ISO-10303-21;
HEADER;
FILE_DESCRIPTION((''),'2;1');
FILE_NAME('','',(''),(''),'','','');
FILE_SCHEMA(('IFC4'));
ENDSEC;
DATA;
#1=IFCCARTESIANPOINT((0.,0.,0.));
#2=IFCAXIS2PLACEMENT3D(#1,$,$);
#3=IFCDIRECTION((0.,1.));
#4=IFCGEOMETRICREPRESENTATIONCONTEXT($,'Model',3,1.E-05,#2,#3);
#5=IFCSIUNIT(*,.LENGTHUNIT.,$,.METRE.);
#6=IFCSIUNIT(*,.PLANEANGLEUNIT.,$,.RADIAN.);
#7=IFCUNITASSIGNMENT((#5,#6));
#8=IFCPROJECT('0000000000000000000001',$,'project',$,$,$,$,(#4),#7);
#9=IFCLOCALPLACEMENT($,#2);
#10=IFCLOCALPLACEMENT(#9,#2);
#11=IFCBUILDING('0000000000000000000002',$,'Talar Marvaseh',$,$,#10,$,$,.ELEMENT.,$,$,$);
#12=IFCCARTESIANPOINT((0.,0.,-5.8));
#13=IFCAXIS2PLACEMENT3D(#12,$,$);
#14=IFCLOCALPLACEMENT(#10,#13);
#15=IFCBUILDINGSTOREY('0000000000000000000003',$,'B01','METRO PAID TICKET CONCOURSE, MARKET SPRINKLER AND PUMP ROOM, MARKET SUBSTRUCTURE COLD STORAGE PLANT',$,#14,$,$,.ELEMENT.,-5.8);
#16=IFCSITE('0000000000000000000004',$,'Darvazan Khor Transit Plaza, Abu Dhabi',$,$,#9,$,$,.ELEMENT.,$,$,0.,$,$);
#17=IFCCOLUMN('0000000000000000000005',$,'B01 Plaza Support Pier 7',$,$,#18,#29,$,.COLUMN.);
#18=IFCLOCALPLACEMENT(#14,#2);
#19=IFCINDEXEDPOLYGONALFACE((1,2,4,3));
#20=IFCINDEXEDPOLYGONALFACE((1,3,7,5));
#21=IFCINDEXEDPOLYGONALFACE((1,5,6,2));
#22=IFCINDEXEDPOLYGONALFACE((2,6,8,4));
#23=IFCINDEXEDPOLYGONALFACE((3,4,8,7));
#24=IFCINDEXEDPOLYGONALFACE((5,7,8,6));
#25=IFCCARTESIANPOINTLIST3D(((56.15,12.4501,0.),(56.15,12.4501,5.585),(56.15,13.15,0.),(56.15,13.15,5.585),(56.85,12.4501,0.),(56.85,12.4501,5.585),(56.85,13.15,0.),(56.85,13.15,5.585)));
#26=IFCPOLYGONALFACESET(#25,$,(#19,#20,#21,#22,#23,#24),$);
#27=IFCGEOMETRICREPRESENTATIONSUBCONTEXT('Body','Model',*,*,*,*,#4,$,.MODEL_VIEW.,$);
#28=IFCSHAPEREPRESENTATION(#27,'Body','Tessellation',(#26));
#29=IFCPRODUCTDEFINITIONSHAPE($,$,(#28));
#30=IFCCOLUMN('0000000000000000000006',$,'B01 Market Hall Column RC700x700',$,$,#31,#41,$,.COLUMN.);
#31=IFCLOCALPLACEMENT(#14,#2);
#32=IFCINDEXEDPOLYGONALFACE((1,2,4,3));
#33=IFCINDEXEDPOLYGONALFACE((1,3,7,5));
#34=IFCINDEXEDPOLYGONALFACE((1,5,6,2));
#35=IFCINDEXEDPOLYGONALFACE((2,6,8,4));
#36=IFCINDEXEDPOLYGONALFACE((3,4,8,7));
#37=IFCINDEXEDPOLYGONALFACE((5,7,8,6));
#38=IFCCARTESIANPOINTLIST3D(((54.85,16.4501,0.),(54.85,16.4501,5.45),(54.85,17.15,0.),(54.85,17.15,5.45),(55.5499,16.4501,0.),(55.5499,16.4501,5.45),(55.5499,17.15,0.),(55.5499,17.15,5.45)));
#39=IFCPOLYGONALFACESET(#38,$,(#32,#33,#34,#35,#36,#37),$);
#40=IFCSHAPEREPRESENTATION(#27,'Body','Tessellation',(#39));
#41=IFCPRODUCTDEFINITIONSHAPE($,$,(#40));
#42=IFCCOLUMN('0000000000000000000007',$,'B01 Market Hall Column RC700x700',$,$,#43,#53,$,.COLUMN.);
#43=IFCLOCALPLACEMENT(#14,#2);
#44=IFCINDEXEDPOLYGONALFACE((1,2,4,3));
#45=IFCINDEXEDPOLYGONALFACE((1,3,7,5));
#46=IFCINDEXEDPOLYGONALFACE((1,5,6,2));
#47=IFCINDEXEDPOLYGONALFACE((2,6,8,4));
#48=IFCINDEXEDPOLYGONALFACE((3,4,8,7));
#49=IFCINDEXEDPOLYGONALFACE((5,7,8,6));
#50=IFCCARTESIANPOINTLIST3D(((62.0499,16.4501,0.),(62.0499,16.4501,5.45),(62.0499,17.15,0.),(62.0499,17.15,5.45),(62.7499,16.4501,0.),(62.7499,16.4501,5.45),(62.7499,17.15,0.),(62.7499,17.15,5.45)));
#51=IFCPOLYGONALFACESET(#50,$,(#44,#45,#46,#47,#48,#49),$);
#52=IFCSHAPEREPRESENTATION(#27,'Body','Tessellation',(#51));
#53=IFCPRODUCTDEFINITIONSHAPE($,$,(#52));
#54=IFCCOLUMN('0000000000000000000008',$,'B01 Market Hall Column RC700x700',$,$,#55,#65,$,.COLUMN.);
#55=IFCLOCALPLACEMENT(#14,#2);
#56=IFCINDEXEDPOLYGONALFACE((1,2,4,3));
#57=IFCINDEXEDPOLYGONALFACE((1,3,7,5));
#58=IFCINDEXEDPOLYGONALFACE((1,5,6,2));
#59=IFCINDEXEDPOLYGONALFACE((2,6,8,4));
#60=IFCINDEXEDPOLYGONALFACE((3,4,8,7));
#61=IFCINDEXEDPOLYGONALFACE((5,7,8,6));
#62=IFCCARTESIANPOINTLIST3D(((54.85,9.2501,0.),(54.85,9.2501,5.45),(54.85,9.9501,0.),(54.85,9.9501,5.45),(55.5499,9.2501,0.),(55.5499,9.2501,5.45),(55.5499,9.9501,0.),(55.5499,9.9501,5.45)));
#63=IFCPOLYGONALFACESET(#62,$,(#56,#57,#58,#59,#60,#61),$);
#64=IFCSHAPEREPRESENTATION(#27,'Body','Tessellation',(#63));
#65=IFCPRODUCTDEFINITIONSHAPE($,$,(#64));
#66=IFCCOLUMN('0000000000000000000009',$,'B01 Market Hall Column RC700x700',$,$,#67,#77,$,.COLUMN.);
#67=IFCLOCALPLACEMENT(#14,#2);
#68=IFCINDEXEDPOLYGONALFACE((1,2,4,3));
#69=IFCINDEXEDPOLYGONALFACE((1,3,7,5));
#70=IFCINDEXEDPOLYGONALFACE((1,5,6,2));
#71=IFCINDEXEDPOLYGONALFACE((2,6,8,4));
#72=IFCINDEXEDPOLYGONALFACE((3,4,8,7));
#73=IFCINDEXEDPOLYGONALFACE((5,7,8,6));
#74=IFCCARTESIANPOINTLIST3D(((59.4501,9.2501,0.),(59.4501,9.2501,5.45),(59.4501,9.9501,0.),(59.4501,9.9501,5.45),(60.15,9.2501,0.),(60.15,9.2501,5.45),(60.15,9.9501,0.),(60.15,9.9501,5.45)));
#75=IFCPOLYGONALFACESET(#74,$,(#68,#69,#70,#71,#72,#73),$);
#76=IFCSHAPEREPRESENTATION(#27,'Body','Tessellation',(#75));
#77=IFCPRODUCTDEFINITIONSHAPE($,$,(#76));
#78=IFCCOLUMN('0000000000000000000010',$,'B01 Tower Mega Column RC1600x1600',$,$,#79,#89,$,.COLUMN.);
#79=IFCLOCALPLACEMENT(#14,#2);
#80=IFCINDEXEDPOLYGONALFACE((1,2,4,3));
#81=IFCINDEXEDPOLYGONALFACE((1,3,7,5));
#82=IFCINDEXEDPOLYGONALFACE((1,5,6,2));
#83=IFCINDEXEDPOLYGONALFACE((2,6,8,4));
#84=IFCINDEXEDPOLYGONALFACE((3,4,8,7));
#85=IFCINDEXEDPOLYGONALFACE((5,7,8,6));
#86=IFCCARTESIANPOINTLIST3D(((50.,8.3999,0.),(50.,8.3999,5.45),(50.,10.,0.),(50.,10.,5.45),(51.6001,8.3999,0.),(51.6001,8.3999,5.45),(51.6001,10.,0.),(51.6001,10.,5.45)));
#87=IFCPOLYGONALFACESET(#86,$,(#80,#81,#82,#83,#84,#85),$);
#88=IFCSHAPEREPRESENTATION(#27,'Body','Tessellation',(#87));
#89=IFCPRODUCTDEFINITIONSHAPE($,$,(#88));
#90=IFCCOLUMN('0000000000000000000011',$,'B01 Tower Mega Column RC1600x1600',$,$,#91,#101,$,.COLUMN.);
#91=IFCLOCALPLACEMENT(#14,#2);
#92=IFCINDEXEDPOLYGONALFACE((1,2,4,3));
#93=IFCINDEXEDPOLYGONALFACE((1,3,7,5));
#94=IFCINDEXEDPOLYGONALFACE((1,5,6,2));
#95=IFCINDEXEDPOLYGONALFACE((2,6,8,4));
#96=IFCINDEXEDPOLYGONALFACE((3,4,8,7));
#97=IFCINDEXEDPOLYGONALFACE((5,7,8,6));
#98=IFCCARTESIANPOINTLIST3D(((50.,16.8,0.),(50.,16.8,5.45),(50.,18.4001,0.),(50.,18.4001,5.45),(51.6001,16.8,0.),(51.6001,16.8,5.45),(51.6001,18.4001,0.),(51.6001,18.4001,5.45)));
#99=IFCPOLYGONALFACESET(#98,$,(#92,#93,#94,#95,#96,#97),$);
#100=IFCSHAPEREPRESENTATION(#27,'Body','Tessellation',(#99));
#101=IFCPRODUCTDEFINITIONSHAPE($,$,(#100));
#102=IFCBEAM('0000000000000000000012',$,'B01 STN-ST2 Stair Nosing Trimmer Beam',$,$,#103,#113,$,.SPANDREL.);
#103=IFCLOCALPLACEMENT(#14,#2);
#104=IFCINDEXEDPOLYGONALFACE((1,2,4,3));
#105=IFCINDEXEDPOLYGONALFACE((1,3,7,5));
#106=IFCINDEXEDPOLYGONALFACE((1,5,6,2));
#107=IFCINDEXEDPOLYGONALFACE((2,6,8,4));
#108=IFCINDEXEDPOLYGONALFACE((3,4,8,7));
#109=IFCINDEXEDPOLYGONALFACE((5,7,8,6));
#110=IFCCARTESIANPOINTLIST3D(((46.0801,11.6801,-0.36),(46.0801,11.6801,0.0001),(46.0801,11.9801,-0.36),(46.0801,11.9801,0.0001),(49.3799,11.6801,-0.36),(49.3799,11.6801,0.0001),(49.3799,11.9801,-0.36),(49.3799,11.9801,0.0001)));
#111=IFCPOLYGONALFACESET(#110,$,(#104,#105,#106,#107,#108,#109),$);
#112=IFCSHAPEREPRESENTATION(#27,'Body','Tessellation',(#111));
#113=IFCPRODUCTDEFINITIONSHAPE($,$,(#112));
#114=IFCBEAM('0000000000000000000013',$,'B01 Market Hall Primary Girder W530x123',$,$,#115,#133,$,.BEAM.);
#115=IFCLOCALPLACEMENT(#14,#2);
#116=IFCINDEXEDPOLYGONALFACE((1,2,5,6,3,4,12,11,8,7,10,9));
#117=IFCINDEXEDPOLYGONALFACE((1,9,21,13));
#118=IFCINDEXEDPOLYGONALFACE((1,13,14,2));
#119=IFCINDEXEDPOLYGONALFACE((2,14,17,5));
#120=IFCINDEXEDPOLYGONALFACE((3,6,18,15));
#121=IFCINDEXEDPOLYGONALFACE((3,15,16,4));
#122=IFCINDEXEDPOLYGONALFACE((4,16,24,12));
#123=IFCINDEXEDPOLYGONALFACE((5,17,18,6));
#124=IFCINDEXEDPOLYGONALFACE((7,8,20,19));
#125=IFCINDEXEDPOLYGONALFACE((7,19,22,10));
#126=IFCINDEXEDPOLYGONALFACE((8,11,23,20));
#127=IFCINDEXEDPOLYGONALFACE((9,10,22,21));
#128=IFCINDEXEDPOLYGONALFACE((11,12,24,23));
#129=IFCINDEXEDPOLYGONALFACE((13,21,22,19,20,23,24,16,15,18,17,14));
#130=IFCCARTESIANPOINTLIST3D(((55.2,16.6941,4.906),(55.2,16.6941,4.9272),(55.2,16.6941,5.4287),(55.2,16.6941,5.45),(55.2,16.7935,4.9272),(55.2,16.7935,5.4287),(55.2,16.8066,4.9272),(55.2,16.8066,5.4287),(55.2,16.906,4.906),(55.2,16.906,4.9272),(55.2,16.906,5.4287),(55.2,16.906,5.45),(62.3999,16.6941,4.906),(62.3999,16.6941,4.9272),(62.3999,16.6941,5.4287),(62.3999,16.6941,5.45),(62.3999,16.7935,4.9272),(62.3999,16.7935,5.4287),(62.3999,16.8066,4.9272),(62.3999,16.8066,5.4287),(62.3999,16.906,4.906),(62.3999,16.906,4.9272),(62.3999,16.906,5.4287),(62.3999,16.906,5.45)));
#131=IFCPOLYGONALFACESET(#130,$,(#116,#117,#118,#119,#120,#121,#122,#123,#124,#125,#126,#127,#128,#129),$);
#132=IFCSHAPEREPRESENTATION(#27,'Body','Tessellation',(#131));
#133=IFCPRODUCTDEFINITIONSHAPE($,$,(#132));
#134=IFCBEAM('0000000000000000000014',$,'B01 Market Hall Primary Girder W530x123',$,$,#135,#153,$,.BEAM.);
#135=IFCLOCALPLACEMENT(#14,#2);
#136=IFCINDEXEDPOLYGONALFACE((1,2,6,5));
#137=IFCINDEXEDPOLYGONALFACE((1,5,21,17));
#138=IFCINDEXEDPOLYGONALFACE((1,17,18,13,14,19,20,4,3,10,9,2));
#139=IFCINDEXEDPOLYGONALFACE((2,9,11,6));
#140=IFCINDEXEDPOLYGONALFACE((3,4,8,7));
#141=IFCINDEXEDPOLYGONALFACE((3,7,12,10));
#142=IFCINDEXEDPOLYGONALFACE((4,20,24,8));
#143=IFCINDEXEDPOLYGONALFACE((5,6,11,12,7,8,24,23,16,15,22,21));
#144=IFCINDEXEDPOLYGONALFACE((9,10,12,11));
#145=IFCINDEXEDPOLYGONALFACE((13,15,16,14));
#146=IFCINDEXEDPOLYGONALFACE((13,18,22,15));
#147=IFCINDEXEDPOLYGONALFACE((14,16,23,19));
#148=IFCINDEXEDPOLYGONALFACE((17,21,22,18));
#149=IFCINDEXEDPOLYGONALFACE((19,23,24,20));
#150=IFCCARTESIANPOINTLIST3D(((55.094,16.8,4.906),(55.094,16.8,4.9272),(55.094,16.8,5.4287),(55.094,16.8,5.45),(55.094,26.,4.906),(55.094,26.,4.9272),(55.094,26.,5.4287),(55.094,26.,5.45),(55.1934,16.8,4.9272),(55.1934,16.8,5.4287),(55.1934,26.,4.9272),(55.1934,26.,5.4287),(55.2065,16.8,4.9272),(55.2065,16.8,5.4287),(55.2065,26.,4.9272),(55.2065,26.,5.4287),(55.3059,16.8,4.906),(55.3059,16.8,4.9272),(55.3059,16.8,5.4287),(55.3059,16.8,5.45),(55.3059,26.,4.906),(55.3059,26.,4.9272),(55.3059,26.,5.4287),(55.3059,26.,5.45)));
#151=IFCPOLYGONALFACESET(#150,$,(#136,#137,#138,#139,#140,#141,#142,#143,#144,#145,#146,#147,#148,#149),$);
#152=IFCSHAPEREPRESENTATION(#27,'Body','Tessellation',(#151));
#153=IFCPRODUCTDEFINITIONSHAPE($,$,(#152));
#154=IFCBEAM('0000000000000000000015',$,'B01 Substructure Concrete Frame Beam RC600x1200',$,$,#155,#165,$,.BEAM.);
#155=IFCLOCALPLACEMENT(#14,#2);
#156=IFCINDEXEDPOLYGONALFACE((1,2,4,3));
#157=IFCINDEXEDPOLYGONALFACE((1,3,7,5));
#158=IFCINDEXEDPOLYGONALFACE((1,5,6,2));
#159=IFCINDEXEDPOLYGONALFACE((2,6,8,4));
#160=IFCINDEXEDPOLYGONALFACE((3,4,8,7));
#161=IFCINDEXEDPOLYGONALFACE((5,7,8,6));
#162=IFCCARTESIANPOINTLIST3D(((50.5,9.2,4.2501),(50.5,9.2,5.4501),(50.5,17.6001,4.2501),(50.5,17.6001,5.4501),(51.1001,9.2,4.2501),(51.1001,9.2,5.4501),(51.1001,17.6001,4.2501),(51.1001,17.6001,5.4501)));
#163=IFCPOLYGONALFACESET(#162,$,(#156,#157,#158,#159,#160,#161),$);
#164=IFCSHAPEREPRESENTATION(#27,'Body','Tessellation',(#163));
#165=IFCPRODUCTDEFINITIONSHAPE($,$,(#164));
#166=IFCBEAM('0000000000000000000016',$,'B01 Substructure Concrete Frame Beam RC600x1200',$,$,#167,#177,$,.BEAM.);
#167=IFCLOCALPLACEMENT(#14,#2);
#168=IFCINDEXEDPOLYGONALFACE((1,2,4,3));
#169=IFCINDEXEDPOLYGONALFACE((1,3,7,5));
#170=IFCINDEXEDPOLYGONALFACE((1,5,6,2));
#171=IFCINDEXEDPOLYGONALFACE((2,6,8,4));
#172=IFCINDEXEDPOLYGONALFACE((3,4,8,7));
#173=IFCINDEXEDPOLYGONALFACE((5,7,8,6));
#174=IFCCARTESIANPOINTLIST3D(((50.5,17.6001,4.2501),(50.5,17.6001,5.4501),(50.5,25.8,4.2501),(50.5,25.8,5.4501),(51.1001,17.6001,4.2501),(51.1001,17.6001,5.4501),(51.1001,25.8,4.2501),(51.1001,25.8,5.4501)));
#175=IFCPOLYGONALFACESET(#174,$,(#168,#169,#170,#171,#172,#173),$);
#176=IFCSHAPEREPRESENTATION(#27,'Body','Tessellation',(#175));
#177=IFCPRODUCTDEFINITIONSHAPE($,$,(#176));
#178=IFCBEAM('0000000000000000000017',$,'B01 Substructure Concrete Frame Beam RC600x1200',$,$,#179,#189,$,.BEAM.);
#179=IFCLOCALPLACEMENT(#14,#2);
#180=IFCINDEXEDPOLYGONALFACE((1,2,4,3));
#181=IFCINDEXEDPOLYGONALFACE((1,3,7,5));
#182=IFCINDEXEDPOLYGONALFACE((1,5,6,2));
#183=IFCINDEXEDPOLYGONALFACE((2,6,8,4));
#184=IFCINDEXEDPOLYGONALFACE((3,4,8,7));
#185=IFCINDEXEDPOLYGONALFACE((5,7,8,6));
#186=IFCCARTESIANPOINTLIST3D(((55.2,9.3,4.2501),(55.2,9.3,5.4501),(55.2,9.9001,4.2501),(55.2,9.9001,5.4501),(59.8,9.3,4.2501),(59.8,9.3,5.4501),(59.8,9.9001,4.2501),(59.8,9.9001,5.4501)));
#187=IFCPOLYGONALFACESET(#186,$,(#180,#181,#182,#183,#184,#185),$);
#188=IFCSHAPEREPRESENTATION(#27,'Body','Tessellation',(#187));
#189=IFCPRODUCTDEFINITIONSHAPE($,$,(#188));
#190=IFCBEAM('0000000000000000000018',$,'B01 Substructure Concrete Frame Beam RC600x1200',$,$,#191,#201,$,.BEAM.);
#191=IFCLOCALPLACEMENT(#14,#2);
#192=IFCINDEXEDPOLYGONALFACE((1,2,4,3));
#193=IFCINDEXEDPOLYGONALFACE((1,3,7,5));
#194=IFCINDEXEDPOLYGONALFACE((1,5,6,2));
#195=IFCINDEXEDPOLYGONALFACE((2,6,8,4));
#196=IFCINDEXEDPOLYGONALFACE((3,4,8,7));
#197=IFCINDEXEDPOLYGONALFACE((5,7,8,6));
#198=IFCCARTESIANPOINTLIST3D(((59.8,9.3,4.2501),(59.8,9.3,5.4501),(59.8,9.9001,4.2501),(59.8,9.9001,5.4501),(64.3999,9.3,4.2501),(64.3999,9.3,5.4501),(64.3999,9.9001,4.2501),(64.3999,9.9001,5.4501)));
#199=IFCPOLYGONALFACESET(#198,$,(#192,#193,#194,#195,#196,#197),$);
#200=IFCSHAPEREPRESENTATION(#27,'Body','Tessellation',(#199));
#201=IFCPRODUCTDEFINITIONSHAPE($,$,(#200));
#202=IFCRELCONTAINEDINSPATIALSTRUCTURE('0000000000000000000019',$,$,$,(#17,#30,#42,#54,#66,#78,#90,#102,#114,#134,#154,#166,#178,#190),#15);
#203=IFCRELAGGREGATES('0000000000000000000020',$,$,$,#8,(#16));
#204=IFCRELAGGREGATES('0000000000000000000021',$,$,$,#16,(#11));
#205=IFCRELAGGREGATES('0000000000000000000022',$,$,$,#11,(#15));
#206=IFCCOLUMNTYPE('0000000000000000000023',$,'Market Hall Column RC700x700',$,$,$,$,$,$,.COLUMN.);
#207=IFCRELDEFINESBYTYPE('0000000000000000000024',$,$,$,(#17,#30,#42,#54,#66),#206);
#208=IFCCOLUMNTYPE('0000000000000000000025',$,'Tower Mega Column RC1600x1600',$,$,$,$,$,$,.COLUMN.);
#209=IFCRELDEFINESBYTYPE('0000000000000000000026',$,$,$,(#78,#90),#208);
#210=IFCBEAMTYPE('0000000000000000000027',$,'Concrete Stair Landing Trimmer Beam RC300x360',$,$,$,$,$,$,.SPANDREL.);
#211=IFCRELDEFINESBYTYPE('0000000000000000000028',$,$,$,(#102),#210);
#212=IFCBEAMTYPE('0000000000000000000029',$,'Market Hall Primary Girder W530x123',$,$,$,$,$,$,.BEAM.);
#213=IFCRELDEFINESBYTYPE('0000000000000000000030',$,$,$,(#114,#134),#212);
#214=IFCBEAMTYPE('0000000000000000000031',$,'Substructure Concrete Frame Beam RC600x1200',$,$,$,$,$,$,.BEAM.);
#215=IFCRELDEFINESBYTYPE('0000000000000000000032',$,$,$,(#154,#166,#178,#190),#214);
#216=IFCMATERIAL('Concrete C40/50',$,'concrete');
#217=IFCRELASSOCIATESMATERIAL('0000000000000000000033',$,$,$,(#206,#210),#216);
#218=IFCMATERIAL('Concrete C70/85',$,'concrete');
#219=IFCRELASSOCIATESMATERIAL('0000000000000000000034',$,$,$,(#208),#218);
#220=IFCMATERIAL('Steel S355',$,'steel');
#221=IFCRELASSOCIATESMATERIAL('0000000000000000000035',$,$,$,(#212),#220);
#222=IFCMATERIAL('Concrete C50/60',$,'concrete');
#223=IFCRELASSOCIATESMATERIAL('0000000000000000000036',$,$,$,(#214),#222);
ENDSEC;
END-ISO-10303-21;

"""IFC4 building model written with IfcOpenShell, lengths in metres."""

from ifc_helpers import new_model, si_unit, direction, frame, origin, origin_2d, place, context, subcontext, project, spatial, rectangle, i_section, extrude, material, material_profile, profile_set, type_object, element, save


model = new_model("IFC4")

# Units and contexts
model_context = context("Model", 3, precision=1e-05, world=origin(), true_north=direction((0.0, 1.0)))
body_context = subcontext(model_context, "Body", "Model", "MODEL_VIEW")
ifc_project = project(units=[si_unit("LENGTHUNIT", "METRE"), si_unit("PLANEANGLEUNIT", "RADIAN")], contexts=[model_context])

# Site, building, storey
site_placement = place(None, origin())
site = spatial("IfcSite", under=ifc_project, at=site_placement, Name="Darvazan Khor Transit Plaza, Abu Dhabi", CompositionType="ELEMENT", RefElevation=0.0)
building_placement = place(site_placement, origin())
building = spatial("IfcBuilding", under=site, at=building_placement, Name="Talar Marvaseh", CompositionType="ELEMENT")
storey_placement = place(building_placement, frame((0.0, 0.0, -5.8)))
storey = spatial("IfcBuildingStorey", under=building, at=storey_placement, Name="B01", Description="METRO PAID TICKET CONCOURSE, MARKET SPRINKLER AND PUMP ROOM, MARKET SUBSTRUCTURE COLD STORAGE PLANT", CompositionType="ELEMENT", Elevation=-5.8)

# Columns
ifc_material_1 = material(Name="Concrete C40/50", Category="concrete")
ifc_material_profile_1 = material_profile(ifc_material_1, rectangle(XDim=0.7, YDim=0.7, at=origin_2d()), Name="RC700x700")
ifc_profile_set_1 = profile_set([ifc_material_profile_1], Name="Concrete C40/50")
column_type_1 = type_object("IfcColumnType", Name="Market Hall Column RC700x700", PredefinedType="COLUMN", material=ifc_profile_set_1)
column_placement = place(storey_placement, frame((56.5, 12.8, 0.0), z_axis=(0.0, 0.0, 1.0), x_axis=(1.0, 0.0, 0.0)))
element("IfcColumn", 1, at=column_placement, inside=storey, type_object=column_type_1, Name="B01 Plaza Support Pier 7", PredefinedType="COLUMN", context=body_context, shape_type="SweptSolid", body=[
    extrude(rectangle(XDim=0.7, YDim=0.7, at=origin_2d()), origin(), (0.0, 0.0, 1.0), 5.585),
])
for number, where, z_axis, x_axis, name in (
    (2, (55.2, 16.8, 0.0), (0.0, 0.0, 1.0), (1.0, 0.0, 0.0), "B01 Market Hall Column RC700x700"),
    (3, (62.3999, 16.8, 0.0), (0.0, 0.0, 1.0), (1.0, 0.0, 0.0), "B01 Market Hall Column RC700x700"),
    (4, (55.2, 9.6001, 0.0), (0.0, 0.0, 1.0), (1.0, 0.0, 0.0), "B01 Market Hall Column RC700x700"),
    (5, (59.8, 9.6001, 0.0), (0.0, 0.0, 1.0), (1.0, 0.0, 0.0), "B01 Market Hall Column RC700x700"),
):
    element("IfcColumn", number, at=place(storey_placement, frame(where, z_axis=z_axis, x_axis=x_axis)), inside=storey, type_object=column_type_1, Name=name, PredefinedType="COLUMN", context=body_context, shape_type="SweptSolid", body=[
        extrude(rectangle(XDim=0.7, YDim=0.7, at=origin_2d()), origin(), (0.0, 0.0, 1.0), 5.45),
    ])
ifc_material_2 = material(Name="Concrete C70/85", Category="concrete")
ifc_material_profile_2 = material_profile(ifc_material_2, rectangle(XDim=1.6001, YDim=1.6001, at=origin_2d()), Name="RC1600x1600")
ifc_profile_set_2 = profile_set([ifc_material_profile_2], Name="Concrete C70/85")
column_type_2 = type_object("IfcColumnType", Name="Tower Mega Column RC1600x1600", PredefinedType="COLUMN", material=ifc_profile_set_2)
for number, where, z_axis, x_axis, name in (
    (6, (50.8, 9.2, 0.0), (0.0, 0.0, 1.0), (1.0, 0.0, 0.0), "B01 Tower Mega Column RC1600x1600"),
    (7, (50.8, 17.6001, 0.0), (0.0, 0.0, 1.0), (1.0, 0.0, 0.0), "B01 Tower Mega Column RC1600x1600"),
):
    element("IfcColumn", number, at=place(storey_placement, frame(where, z_axis=z_axis, x_axis=x_axis)), inside=storey, type_object=column_type_2, Name=name, PredefinedType="COLUMN", context=body_context, shape_type="SweptSolid", body=[
        extrude(rectangle(XDim=1.6001, YDim=1.6001, at=origin_2d()), origin(), (0.0, 0.0, 1.0), 5.45),
    ])

# Beams
ifc_material_profile_3 = material_profile(ifc_material_1, rectangle(XDim=0.3, YDim=0.3601, at=origin_2d()), Name="RC300x360")
ifc_profile_set_3 = profile_set([ifc_material_profile_3], Name="Concrete C40/50")
beam_type_1 = type_object("IfcBeamType", Name="Concrete Stair Landing Trimmer Beam RC300x360", PredefinedType="SPANDREL", material=ifc_profile_set_3)
beam_1_placement = place(storey_placement, frame((49.3799, 11.8301, -0.1799), z_axis=(-1.0, 0.0, 0.0), x_axis=(0.0, -1.0, 0.0)))
element("IfcBeam", 8, at=beam_1_placement, inside=storey, type_object=beam_type_1, Name="B01 STN-ST2 Stair Nosing Trimmer Beam", PredefinedType="SPANDREL", context=body_context, shape_type="SweptSolid", body=[
    extrude(rectangle(XDim=0.3, YDim=0.3601, at=origin_2d()), origin(), (0.0, 0.0, 1.0), 3.2998),
])
ifc_material_3 = material(Name="Steel S355", Category="steel")
ifc_material_profile_4 = material_profile(ifc_material_3, i_section(OverallWidth=0.2119, OverallDepth=0.5439, WebThickness=0.0132, FlangeThickness=0.0212, at=origin_2d()), Name="W530x123")
ifc_profile_set_4 = profile_set([ifc_material_profile_4], Name="Steel S355")
beam_type_2 = type_object("IfcBeamType", Name="Market Hall Primary Girder W530x123", PredefinedType="BEAM", material=ifc_profile_set_4)
beam_2_placement = place(storey_placement, frame((55.2, 16.8, 5.178), z_axis=(1.0, 0.0, 0.0), x_axis=(0.0, 1.0, 0.0)))
element("IfcBeam", 9, at=beam_2_placement, inside=storey, type_object=beam_type_2, Name="B01 Market Hall Primary Girder W530x123", PredefinedType="BEAM", context=body_context, shape_type="SweptSolid", body=[
    extrude(i_section(OverallWidth=0.2119, OverallDepth=0.5439, WebThickness=0.0132, FlangeThickness=0.0212, at=origin_2d()), origin(), (0.0, 0.0, 1.0), 7.2),
])
beam_3_placement = place(storey_placement, frame((55.2, 16.8, 5.178), z_axis=(0.0, 1.0, 0.0), x_axis=(-1.0, 0.0, 0.0)))
element("IfcBeam", 10, at=beam_3_placement, inside=storey, type_object=beam_type_2, Name="B01 Market Hall Primary Girder W530x123", PredefinedType="BEAM", context=body_context, shape_type="SweptSolid", body=[
    extrude(i_section(OverallWidth=0.2119, OverallDepth=0.5439, WebThickness=0.0132, FlangeThickness=0.0212, at=origin_2d()), origin(), (0.0, 0.0, 1.0), 9.2),
])
ifc_material_4 = material(Name="Concrete C50/60", Category="concrete")
ifc_material_profile_5 = material_profile(ifc_material_4, rectangle(XDim=0.6001, YDim=1.2, at=origin_2d()), Name="RC600x1200")
ifc_profile_set_5 = profile_set([ifc_material_profile_5], Name="Concrete C50/60")
beam_type_3 = type_object("IfcBeamType", Name="Substructure Concrete Frame Beam RC600x1200", PredefinedType="BEAM", material=ifc_profile_set_5)
beam_4_placement = place(storey_placement, frame((50.8, 9.2, 4.8501), z_axis=(0.0, 1.0, 0.0), x_axis=(-1.0, 0.0, 0.0)))
element("IfcBeam", 11, at=beam_4_placement, inside=storey, type_object=beam_type_3, Name="B01 Substructure Concrete Frame Beam RC600x1200", PredefinedType="BEAM", context=body_context, shape_type="SweptSolid", body=[
    extrude(rectangle(XDim=0.6001, YDim=1.2, at=origin_2d()), origin(), (0.0, 0.0, 1.0), 8.4001),
])
beam_5_placement = place(storey_placement, frame((50.8, 17.6001, 4.8501), z_axis=(0.0, 1.0, 0.0), x_axis=(-1.0, 0.0, 0.0)))
element("IfcBeam", 12, at=beam_5_placement, inside=storey, type_object=beam_type_3, Name="B01 Substructure Concrete Frame Beam RC600x1200", PredefinedType="BEAM", context=body_context, shape_type="SweptSolid", body=[
    extrude(rectangle(XDim=0.6001, YDim=1.2, at=origin_2d()), origin(), (0.0, 0.0, 1.0), 8.2),
])
beam_6_placement = place(storey_placement, frame((55.2, 9.6001, 4.8501), z_axis=(1.0, 0.0, 0.0), x_axis=(0.0, 1.0, 0.0)))
element("IfcBeam", 13, at=beam_6_placement, inside=storey, type_object=beam_type_3, Name="B01 Substructure Concrete Frame Beam RC600x1200", PredefinedType="BEAM", context=body_context, shape_type="SweptSolid", body=[
    extrude(rectangle(XDim=0.6001, YDim=1.2, at=origin_2d()), origin(), (0.0, 0.0, 1.0), 4.6001),
])
beam_7_placement = place(storey_placement, frame((59.8, 9.6001, 4.8501), z_axis=(1.0, 0.0, 0.0), x_axis=(0.0, 1.0, 0.0)))
element("IfcBeam", 14, at=beam_7_placement, inside=storey, type_object=beam_type_3, Name="B01 Substructure Concrete Frame Beam RC600x1200", PredefinedType="BEAM", context=body_context, shape_type="SweptSolid", body=[
    extrude(rectangle(XDim=0.6001, YDim=1.2, at=origin_2d()), origin(), (0.0, 0.0, 1.0), 4.5999),
])

save(model, "model.ifc")
